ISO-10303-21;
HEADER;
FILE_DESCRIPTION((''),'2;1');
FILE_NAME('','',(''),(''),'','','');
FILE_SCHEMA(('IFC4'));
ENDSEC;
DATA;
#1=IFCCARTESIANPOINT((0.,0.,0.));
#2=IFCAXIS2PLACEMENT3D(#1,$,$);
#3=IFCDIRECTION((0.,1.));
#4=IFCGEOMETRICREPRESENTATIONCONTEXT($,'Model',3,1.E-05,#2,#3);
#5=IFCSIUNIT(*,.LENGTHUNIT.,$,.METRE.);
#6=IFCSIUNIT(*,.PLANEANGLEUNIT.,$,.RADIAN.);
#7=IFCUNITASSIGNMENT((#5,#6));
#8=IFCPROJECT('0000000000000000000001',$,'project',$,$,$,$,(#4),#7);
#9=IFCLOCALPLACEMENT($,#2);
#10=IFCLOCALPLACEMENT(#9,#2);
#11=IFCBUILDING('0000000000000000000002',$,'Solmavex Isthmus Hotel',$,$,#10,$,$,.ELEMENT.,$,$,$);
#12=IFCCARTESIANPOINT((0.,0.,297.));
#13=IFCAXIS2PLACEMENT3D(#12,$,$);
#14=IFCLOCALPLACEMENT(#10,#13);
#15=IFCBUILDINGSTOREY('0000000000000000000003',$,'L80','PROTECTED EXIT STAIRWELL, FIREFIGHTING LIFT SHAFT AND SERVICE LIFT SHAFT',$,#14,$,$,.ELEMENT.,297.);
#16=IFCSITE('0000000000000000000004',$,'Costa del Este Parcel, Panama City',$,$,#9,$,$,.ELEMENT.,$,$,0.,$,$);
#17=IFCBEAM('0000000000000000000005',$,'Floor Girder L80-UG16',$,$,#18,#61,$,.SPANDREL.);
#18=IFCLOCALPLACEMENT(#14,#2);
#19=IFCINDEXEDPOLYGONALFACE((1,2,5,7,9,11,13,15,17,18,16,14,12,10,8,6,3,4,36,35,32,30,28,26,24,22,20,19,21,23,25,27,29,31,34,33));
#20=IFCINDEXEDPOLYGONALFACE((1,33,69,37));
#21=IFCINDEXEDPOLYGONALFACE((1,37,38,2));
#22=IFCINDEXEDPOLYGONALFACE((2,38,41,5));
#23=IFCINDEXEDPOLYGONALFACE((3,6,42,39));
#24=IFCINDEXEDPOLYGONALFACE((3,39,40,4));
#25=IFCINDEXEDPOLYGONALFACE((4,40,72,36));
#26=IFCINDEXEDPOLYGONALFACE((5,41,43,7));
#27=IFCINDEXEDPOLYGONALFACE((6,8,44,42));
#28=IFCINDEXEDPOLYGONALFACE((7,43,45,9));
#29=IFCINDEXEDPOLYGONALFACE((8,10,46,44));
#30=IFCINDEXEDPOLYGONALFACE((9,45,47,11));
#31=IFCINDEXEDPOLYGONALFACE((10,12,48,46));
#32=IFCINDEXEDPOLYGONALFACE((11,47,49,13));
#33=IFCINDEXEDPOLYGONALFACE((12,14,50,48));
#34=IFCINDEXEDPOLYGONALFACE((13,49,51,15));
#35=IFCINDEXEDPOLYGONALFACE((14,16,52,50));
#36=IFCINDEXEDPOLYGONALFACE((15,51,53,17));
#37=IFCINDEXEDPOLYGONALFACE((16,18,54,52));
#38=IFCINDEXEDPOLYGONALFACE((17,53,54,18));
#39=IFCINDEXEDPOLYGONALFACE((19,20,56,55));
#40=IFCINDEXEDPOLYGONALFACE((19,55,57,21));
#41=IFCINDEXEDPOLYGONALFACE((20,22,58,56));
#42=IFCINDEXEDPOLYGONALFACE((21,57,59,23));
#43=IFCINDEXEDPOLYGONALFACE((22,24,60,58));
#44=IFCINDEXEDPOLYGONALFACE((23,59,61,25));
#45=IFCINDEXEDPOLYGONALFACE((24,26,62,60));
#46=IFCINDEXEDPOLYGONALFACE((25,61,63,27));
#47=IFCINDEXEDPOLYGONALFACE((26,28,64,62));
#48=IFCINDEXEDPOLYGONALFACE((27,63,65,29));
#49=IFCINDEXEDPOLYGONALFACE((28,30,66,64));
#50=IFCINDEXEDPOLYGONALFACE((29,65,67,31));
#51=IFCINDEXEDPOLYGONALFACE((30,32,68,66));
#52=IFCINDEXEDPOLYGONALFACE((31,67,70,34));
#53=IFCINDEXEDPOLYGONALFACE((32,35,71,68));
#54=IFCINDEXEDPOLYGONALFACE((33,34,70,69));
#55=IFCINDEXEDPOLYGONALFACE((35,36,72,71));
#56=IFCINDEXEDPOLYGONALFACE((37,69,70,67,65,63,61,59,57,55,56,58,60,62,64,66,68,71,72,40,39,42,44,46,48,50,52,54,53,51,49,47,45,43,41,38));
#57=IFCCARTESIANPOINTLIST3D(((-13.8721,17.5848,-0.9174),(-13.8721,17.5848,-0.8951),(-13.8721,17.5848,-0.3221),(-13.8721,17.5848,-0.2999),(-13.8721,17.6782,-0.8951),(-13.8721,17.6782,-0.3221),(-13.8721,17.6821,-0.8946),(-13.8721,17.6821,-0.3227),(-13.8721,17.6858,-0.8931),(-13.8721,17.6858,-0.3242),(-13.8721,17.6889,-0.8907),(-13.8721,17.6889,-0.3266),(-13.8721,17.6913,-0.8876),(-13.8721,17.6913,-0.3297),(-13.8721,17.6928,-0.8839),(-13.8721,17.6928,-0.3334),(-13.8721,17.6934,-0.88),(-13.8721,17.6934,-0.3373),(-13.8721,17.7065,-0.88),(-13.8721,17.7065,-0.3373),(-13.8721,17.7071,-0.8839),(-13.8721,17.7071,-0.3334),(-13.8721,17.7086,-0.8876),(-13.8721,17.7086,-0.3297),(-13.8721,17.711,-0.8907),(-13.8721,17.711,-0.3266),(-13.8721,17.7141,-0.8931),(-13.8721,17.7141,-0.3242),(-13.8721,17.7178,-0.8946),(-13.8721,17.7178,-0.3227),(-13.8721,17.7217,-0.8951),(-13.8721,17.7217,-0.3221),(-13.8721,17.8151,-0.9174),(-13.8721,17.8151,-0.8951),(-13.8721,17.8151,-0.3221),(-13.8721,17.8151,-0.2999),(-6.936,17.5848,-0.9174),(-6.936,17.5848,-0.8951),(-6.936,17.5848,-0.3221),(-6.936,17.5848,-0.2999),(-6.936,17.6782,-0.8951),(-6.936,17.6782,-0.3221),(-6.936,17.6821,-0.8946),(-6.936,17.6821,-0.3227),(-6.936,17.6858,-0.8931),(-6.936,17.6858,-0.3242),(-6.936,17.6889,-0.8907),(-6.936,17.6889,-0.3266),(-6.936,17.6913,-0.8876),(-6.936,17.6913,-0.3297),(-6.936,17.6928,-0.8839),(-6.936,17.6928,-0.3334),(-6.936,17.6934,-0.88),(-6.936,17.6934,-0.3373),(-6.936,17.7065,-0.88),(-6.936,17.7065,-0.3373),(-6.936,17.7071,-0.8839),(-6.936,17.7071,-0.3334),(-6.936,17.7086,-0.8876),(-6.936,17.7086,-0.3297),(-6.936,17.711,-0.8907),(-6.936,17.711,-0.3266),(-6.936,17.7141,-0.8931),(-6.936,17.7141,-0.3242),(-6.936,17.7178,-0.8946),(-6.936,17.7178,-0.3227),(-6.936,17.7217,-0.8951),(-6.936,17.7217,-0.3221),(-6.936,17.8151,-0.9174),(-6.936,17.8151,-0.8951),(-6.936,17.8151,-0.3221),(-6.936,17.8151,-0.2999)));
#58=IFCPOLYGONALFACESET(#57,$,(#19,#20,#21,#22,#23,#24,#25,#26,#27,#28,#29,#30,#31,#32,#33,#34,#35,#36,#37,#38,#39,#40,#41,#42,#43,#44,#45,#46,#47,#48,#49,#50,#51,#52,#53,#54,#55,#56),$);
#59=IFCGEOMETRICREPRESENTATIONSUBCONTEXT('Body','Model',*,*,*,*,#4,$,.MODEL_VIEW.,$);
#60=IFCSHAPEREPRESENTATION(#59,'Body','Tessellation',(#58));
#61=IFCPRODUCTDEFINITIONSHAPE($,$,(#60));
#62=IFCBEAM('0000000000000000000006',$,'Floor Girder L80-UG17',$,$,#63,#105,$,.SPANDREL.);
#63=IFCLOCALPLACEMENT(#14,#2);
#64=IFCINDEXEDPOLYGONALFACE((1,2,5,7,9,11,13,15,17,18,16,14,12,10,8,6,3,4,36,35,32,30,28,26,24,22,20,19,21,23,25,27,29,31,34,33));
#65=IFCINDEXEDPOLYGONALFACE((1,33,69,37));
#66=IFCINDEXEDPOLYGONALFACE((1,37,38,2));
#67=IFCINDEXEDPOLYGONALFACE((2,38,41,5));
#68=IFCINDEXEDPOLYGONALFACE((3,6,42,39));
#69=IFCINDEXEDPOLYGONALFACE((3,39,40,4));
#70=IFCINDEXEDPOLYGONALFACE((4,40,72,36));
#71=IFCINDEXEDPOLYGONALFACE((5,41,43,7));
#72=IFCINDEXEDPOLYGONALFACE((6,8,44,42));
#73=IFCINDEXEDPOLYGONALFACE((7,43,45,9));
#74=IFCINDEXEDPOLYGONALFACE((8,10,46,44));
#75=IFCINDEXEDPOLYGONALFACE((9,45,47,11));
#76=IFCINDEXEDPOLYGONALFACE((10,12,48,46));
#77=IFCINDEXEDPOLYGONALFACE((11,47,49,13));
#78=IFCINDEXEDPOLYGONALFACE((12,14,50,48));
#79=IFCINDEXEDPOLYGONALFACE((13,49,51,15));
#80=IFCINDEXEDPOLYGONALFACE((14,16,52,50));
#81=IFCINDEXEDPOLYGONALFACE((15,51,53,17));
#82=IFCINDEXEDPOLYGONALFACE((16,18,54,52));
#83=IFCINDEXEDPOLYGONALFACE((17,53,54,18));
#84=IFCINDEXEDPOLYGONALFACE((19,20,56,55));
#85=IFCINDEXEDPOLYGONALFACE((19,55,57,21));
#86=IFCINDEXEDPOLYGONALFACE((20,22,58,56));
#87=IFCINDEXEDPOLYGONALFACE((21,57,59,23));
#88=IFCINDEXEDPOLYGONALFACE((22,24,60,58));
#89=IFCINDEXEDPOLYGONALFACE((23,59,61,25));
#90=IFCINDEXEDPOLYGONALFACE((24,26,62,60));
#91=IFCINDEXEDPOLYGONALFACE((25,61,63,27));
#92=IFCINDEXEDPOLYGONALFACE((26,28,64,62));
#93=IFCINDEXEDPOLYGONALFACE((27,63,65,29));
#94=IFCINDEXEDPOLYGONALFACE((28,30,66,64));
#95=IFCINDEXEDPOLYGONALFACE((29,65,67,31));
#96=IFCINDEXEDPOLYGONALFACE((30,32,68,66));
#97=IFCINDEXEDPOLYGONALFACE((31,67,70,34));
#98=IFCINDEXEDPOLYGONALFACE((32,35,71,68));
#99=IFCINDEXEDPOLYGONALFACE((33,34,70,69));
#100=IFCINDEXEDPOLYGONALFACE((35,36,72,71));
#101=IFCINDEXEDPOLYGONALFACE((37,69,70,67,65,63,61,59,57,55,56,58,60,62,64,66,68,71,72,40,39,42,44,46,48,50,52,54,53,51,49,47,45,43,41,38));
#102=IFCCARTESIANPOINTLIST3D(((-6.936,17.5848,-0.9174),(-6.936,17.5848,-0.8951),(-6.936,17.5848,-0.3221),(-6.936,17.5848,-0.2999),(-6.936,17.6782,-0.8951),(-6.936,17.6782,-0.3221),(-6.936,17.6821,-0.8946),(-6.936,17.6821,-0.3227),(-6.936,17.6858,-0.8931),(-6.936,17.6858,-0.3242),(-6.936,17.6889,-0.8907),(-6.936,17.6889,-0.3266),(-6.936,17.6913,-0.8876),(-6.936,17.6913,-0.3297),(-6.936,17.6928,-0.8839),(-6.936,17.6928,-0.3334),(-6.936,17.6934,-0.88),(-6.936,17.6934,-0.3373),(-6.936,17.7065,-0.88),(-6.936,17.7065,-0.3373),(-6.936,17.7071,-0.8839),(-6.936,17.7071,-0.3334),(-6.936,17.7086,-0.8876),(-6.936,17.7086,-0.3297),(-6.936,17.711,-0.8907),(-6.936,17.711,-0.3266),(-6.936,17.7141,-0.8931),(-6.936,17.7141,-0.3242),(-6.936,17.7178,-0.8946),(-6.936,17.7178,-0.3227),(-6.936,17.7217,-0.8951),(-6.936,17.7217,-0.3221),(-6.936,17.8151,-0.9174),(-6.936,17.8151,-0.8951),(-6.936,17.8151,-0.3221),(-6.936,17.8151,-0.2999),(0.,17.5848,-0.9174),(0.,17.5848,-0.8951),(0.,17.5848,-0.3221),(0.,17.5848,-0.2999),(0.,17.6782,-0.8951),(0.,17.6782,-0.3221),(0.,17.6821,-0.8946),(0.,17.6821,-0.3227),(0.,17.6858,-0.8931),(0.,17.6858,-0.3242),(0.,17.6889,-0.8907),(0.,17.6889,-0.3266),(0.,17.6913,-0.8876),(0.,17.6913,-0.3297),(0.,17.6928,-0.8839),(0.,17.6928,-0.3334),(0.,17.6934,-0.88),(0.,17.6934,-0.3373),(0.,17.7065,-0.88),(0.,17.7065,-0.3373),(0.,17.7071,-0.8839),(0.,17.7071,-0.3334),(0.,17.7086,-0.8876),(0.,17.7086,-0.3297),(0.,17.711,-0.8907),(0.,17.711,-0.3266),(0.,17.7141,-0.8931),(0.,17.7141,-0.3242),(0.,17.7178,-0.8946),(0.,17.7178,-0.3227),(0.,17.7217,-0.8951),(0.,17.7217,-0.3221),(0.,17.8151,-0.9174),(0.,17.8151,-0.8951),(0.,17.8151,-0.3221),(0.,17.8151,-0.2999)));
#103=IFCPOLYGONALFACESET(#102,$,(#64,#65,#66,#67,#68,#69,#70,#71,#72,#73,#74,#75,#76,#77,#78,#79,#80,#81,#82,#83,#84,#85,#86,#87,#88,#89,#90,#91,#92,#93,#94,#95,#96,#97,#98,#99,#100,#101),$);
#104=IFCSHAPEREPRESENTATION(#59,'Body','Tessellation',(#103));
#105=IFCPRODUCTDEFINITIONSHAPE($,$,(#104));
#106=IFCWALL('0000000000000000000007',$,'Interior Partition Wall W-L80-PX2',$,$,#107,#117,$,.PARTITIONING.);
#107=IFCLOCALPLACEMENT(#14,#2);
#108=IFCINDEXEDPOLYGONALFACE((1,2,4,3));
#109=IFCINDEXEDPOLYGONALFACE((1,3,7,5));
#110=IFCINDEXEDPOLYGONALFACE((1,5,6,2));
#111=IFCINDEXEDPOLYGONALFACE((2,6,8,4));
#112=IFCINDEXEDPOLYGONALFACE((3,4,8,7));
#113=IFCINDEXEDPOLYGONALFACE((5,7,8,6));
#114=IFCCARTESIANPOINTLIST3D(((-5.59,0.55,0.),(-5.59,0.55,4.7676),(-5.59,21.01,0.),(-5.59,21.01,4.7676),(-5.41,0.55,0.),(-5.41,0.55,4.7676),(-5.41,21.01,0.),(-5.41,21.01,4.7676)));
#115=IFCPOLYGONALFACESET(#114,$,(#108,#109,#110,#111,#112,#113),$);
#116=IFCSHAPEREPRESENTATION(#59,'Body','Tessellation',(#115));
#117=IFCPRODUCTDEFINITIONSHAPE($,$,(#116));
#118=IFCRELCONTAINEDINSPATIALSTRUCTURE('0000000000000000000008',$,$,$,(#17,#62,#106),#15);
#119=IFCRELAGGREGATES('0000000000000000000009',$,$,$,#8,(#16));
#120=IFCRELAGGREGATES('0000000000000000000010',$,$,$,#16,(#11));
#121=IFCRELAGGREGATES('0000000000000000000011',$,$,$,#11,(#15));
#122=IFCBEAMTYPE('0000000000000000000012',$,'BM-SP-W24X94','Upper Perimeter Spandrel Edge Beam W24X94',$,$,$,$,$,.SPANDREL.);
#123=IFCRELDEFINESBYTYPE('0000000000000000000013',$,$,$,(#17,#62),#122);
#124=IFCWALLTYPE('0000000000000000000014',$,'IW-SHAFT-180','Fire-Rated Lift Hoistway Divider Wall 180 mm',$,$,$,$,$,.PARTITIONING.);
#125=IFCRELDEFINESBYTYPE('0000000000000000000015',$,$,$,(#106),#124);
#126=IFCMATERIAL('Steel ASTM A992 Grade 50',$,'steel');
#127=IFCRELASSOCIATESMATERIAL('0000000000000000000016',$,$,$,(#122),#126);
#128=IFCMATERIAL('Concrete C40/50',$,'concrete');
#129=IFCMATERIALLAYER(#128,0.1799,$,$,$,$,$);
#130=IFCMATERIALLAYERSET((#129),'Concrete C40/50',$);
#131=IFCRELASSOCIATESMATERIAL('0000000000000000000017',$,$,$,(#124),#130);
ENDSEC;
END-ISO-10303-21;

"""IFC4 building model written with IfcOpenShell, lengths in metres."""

from ifc_helpers import new_model, si_unit, direction, frame, frame_2d, origin, origin_2d, place, context, subcontext, project, spatial, rectangle, i_section, extrude, material, layer, layer_set, material_profile, profile_set, type_object, element, save


model = new_model("IFC4")

# Units and contexts
model_context = context("Model", 3, precision=1e-05, world=origin(), true_north=direction((0.0, 1.0)))
body_context = subcontext(model_context, "Body", "Model", "MODEL_VIEW")
ifc_project = project(units=[si_unit("LENGTHUNIT", "METRE"), si_unit("PLANEANGLEUNIT", "RADIAN")], contexts=[model_context])

# Site, building, storey
site_placement = place(None, origin())
site = spatial("IfcSite", under=ifc_project, at=site_placement, Name="Costa del Este Parcel, Panama City", CompositionType="ELEMENT", RefElevation=0.0)
building_placement = place(site_placement, origin())
building = spatial("IfcBuilding", under=site, at=building_placement, Name="Solmavex Isthmus Hotel", CompositionType="ELEMENT")
storey_placement = place(building_placement, frame((0.0, 0.0, 297.0)))
storey = spatial("IfcBuildingStorey", under=building, at=storey_placement, Name="L80", Description="PROTECTED EXIT STAIRWELL, FIREFIGHTING LIFT SHAFT AND SERVICE LIFT SHAFT", CompositionType="ELEMENT", Elevation=297.0)

# Beams
ifc_material_1 = material(Name="Steel ASTM A992 Grade 50", Category="steel")
ifc_material_profile_1 = material_profile(ifc_material_1, i_section(OverallWidth=0.2302, OverallDepth=0.6174, WebThickness=0.0132, FlangeThickness=0.0222, FilletRadius=0.0151, at=origin_2d()), Name="W24X94")
ifc_profile_set_1 = profile_set([ifc_material_profile_1], Name="Steel ASTM A992 Grade 50")
beam_type_1 = type_object("IfcBeamType", Name="BM-SP-W24X94", Description="Upper Perimeter Spandrel Edge Beam W24X94", PredefinedType="SPANDREL", material=ifc_profile_set_1)
for number, where, z_axis, x_axis, name in (
    (1, (-13.8721, 17.7, -0.6086), (1.0, 0.0, 0.0), (0.0, 1.0, 0.0), "Floor Girder L80-UG16"),
    (2, (-6.936, 17.7, -0.6086), (1.0, 0.0, 0.0), (0.0, 1.0, 0.0), "Floor Girder L80-UG17"),
):
    element("IfcBeam", number, at=place(storey_placement, frame(where, z_axis=z_axis, x_axis=x_axis)), inside=storey, type_object=beam_type_1, Name=name, PredefinedType="SPANDREL", context=body_context, shape_type="SweptSolid", body=[
        extrude(i_section(OverallWidth=0.2302, OverallDepth=0.6174, WebThickness=0.0132, FlangeThickness=0.0222, FilletRadius=0.0151, at=origin_2d()), origin(), (0.0, 0.0, 1.0), 6.936),
    ])

# Wall
ifc_material_2 = material(Name="Concrete C40/50", Category="concrete")
ifc_layer = layer(ifc_material_2, 0.1799)
ifc_layer_set = layer_set([ifc_layer], Name="Concrete C40/50")
wall_type = type_object("IfcWallType", Name="IW-SHAFT-180", Description="Fire-Rated Lift Hoistway Divider Wall 180 mm", PredefinedType="PARTITIONING", material=ifc_layer_set)
wall_placement = place(storey_placement, frame((-5.5, 0.55, 0.0), z_axis=(0.0, 0.0, 1.0), x_axis=(0.0, 1.0, 0.0)))
element("IfcWall", 3, at=wall_placement, inside=storey, type_object=wall_type, Name="Interior Partition Wall W-L80-PX2", PredefinedType="PARTITIONING", context=body_context, shape_type="SweptSolid", body=[
    extrude(rectangle(XDim=20.46, YDim=0.1799, at=frame_2d((10.23, 0.0))), origin(), (0.0, 0.0, 1.0), 4.7676),
])

save(model, "model.ifc")
